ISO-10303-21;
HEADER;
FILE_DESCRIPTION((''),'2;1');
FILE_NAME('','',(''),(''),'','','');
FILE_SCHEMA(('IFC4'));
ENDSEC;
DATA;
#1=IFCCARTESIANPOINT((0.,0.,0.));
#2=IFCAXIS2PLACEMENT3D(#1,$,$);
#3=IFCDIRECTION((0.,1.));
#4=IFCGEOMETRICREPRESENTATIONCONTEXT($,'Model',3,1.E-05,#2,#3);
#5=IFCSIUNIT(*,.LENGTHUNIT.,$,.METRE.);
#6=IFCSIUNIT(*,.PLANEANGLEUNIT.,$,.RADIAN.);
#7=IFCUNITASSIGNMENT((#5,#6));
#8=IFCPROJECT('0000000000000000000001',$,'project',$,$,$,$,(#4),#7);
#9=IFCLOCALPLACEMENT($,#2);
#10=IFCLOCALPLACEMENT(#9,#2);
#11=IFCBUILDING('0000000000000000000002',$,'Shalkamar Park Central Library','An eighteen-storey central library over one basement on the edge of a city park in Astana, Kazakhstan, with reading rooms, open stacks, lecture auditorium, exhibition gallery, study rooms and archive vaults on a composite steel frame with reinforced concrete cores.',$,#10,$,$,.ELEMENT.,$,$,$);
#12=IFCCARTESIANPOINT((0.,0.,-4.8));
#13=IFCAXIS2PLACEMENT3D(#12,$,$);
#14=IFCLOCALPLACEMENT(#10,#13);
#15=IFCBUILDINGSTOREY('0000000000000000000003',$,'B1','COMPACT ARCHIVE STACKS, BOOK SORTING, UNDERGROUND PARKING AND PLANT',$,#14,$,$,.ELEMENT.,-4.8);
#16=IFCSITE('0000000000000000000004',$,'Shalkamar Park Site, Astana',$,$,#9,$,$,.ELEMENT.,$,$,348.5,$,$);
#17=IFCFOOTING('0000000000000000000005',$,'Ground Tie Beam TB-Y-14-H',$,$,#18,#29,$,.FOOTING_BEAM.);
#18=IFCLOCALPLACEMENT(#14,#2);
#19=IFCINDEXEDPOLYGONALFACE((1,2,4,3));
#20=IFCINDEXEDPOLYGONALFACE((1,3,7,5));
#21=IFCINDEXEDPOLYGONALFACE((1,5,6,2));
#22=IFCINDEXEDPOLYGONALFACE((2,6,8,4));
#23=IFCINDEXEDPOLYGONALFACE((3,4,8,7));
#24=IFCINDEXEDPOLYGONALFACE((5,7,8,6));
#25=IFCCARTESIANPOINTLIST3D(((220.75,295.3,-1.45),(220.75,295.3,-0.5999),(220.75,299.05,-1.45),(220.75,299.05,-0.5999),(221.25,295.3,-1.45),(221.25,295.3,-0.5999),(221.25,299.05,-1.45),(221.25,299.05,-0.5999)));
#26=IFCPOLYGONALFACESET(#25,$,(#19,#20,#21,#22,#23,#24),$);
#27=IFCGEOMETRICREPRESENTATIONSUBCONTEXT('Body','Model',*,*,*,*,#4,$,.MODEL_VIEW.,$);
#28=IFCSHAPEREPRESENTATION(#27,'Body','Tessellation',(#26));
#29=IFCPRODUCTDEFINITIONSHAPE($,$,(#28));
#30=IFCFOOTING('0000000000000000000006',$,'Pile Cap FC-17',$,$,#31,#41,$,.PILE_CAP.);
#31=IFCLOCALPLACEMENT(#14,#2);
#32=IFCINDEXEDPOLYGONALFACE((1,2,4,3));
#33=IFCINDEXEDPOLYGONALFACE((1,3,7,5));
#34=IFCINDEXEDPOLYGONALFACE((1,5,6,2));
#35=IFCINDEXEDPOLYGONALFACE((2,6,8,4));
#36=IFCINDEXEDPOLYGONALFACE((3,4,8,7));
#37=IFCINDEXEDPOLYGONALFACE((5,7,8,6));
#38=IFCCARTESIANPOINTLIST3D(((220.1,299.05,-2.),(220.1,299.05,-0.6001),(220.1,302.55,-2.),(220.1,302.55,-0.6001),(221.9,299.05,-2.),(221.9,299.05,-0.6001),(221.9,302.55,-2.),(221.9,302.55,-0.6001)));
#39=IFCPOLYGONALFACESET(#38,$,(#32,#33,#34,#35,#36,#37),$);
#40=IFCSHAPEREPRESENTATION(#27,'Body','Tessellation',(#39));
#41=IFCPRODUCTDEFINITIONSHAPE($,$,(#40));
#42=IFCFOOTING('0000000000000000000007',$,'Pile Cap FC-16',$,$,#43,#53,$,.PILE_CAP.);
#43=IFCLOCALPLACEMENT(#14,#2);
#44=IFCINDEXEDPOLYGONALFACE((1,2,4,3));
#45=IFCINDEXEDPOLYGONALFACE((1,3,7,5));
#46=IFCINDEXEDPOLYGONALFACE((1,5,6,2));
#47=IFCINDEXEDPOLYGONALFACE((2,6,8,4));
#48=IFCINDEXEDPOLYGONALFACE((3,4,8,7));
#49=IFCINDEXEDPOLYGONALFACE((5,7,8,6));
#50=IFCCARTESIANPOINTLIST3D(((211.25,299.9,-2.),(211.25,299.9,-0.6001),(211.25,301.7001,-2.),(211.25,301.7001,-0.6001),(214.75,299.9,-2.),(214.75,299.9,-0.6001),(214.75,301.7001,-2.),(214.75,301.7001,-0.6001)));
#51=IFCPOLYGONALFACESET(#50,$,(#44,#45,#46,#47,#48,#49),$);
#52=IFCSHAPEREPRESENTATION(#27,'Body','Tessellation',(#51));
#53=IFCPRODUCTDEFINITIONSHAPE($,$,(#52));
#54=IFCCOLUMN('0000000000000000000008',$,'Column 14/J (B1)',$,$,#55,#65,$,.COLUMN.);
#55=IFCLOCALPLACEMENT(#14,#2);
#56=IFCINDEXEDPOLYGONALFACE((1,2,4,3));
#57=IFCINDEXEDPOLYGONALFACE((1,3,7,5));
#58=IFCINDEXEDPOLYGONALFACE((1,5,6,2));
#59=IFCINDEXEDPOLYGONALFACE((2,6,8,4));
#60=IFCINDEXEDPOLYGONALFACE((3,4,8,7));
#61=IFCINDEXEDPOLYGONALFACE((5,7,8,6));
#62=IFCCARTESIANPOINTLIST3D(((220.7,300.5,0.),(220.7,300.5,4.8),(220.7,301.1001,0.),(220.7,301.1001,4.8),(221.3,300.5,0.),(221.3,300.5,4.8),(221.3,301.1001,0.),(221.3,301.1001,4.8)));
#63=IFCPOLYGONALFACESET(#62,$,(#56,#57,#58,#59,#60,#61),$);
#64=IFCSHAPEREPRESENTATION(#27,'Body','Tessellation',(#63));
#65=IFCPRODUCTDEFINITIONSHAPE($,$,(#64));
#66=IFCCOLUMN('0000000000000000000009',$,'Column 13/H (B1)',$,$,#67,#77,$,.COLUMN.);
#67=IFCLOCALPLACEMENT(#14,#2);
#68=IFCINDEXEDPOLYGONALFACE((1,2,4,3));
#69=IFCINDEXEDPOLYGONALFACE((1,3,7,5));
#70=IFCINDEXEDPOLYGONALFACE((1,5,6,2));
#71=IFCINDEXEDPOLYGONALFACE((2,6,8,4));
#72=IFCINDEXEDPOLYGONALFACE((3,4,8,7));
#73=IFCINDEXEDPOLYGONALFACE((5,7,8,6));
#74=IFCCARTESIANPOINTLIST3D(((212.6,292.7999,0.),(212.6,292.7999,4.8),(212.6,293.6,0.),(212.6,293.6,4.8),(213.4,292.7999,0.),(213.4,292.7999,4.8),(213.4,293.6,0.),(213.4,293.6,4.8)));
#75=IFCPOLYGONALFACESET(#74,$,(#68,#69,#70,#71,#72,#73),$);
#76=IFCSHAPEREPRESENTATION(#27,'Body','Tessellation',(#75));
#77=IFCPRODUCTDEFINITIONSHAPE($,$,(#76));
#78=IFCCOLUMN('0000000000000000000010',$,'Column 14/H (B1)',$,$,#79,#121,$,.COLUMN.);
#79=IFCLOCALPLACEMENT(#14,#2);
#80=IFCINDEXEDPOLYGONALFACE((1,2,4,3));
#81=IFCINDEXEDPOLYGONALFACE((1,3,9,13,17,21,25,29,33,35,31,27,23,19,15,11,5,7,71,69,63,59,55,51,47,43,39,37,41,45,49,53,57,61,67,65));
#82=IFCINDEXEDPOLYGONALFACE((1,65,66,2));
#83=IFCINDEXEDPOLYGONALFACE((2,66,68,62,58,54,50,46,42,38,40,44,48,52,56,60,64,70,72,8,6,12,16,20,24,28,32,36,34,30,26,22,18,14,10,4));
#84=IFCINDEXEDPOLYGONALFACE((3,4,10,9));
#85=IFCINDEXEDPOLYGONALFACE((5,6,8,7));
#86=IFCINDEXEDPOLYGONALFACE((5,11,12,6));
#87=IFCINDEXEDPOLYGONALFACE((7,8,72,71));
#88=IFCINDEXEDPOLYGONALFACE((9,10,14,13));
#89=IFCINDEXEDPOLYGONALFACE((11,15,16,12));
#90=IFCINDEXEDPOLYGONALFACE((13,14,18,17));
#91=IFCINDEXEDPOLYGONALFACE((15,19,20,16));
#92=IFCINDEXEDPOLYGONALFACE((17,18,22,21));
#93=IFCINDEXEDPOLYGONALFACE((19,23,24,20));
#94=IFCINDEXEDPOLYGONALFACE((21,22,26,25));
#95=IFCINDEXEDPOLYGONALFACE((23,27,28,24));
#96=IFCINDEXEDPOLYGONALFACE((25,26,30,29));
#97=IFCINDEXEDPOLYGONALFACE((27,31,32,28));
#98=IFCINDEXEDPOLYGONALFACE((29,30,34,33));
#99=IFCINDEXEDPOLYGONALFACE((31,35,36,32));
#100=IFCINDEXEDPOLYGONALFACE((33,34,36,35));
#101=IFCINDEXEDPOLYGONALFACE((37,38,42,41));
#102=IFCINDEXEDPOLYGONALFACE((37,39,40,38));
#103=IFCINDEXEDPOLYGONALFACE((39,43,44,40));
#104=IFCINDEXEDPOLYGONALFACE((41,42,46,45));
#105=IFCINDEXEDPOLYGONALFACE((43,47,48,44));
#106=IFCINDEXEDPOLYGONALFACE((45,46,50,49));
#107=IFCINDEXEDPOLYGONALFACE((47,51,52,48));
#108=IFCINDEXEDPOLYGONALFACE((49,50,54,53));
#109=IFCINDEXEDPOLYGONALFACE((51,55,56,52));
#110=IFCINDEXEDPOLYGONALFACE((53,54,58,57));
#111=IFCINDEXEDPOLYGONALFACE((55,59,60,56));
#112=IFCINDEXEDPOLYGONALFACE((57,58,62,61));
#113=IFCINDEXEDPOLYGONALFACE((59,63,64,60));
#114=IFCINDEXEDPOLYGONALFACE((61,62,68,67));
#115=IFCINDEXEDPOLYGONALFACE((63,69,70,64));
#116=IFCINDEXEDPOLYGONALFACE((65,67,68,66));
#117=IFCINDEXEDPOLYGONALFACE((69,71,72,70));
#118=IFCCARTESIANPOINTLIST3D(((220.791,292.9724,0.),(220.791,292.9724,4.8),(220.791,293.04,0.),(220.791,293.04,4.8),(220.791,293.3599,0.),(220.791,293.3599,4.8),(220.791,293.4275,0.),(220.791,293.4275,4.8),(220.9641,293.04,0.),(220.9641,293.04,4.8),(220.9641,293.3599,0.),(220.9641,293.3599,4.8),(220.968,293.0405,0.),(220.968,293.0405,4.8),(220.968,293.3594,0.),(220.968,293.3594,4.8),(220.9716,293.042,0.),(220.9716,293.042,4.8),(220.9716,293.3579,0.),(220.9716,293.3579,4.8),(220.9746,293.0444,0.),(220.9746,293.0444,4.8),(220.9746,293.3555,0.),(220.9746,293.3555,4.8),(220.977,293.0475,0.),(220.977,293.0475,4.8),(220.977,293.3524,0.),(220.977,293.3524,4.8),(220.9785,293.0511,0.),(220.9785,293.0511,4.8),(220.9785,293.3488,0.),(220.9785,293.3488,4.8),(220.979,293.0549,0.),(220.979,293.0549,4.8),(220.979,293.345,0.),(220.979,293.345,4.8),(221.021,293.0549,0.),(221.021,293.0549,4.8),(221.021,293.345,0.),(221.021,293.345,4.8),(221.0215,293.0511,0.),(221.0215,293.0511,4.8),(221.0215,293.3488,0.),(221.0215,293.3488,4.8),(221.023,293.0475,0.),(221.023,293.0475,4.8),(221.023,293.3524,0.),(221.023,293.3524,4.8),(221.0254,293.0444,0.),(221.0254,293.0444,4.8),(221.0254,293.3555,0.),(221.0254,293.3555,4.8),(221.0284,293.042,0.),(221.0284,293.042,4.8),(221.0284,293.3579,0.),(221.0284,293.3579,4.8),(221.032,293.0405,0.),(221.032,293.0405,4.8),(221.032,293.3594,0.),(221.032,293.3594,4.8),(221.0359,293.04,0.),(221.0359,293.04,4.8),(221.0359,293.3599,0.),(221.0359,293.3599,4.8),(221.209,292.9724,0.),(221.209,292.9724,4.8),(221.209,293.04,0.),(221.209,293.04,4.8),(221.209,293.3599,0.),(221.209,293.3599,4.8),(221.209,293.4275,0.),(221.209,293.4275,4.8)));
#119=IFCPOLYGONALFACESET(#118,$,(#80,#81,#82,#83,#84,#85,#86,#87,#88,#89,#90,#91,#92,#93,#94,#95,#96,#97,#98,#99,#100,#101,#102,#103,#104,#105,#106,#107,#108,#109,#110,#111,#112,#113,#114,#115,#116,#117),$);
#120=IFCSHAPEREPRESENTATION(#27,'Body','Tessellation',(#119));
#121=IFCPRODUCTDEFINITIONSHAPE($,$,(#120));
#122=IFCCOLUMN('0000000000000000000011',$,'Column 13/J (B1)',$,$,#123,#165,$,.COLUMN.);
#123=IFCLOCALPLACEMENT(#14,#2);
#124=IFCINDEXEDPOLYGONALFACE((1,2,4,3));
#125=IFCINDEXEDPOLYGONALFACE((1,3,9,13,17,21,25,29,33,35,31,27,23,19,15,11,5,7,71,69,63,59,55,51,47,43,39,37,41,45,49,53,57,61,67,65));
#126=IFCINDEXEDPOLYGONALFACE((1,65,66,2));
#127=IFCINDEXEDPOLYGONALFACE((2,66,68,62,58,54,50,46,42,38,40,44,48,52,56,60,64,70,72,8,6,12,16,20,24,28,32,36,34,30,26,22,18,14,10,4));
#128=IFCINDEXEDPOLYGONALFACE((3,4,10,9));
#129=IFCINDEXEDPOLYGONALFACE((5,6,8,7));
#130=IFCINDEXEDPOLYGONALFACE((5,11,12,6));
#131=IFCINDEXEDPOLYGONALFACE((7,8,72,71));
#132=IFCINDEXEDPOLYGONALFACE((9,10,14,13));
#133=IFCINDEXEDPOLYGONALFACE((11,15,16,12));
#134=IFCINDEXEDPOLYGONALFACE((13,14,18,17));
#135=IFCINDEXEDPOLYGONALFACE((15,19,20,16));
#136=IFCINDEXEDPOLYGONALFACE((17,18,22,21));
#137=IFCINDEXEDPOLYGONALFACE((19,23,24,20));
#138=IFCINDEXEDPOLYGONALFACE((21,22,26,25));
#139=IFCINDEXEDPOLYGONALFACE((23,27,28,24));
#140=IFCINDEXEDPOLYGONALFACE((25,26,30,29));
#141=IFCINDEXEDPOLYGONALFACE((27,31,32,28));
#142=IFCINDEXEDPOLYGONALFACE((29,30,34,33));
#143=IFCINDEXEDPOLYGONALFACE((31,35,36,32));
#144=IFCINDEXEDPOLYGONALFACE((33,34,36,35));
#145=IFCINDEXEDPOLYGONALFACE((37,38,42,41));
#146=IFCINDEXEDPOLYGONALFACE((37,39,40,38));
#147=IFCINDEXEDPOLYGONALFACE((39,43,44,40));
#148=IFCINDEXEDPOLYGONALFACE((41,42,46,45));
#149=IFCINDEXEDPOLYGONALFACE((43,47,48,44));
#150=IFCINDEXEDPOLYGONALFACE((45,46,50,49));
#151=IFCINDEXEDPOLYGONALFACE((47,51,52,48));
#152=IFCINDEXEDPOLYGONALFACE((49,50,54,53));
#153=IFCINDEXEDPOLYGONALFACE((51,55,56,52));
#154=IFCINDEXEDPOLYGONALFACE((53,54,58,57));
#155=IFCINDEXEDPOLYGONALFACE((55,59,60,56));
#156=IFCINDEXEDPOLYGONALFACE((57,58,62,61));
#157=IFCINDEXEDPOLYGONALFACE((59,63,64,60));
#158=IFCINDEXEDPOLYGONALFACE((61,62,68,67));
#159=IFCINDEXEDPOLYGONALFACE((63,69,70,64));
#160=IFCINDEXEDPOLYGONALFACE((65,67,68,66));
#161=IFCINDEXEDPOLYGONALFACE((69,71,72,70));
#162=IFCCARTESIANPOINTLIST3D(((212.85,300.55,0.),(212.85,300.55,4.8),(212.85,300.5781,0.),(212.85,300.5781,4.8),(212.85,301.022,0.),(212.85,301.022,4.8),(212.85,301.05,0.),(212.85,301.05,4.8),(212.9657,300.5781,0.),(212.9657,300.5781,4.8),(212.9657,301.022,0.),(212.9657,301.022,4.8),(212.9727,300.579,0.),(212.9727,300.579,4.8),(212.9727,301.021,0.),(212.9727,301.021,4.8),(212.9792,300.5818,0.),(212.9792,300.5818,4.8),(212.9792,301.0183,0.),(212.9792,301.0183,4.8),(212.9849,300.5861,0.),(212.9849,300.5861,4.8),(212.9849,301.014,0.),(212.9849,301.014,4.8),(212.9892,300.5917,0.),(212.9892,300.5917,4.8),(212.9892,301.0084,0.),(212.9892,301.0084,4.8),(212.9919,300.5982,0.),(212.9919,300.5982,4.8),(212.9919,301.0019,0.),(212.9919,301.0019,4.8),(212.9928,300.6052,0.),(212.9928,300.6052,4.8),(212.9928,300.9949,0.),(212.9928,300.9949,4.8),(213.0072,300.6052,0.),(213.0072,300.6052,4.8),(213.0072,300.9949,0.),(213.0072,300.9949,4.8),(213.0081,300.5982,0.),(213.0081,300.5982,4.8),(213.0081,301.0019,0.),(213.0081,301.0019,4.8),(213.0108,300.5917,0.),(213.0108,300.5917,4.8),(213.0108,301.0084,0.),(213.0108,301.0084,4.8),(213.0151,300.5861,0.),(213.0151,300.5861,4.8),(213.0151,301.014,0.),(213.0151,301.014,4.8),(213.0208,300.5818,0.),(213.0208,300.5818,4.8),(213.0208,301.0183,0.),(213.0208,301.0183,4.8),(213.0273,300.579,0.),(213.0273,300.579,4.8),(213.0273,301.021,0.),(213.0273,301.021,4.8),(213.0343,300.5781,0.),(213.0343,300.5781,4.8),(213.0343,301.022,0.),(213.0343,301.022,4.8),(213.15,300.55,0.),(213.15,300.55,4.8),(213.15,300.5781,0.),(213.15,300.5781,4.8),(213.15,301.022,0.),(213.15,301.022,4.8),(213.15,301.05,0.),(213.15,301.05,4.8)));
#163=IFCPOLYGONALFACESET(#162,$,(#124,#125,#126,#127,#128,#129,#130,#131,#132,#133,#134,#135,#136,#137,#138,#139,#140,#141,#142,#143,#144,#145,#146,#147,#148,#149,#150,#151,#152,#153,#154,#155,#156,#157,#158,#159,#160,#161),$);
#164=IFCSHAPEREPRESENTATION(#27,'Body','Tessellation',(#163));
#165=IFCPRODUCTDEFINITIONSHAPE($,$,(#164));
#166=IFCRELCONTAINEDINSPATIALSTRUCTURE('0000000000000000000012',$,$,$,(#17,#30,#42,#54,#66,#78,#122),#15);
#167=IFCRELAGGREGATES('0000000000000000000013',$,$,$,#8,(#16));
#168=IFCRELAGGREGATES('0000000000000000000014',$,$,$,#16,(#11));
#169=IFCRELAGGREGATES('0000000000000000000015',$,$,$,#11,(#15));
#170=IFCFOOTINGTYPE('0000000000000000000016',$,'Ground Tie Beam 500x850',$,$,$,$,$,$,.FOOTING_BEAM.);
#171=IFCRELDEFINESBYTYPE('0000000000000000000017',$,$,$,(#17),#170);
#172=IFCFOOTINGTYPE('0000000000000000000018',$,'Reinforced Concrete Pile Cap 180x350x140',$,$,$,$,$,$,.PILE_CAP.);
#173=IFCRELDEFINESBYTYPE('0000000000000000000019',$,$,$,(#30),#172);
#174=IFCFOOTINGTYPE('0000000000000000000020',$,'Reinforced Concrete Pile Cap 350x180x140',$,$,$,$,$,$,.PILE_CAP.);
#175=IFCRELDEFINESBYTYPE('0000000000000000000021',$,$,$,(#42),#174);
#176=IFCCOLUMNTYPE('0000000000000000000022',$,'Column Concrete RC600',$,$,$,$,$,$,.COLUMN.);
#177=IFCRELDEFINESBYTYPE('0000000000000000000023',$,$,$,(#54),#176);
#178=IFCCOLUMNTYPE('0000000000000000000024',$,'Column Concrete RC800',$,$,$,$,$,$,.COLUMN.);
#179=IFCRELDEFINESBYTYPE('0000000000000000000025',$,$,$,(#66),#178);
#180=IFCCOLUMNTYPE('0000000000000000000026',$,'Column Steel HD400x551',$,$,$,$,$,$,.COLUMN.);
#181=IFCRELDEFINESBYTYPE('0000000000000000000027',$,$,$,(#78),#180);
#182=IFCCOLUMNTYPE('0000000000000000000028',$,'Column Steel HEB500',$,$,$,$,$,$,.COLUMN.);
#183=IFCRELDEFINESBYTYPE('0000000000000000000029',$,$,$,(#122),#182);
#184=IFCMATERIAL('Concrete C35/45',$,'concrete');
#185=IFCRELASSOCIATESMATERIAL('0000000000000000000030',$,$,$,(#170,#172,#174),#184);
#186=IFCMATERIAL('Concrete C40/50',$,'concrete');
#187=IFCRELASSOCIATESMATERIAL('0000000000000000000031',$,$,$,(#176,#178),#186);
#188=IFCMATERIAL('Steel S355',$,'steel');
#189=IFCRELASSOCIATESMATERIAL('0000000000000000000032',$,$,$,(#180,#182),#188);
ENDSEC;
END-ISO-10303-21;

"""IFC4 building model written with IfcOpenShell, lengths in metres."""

from ifc_helpers import new_model, si_unit, direction, frame, origin, origin_2d, place, context, subcontext, project, spatial, rectangle, i_section, extrude, material, material_profile, profile_set, type_object, element, save


model = new_model("IFC4")

# Units and contexts
model_context = context("Model", 3, precision=1e-05, world=origin(), true_north=direction((0.0, 1.0)))
body_context = subcontext(model_context, "Body", "Model", "MODEL_VIEW")
ifc_project = project(units=[si_unit("LENGTHUNIT", "METRE"), si_unit("PLANEANGLEUNIT", "RADIAN")], contexts=[model_context])

# Site, building, storey
site_placement = place(None, origin())
site = spatial("IfcSite", under=ifc_project, at=site_placement, Name="Shalkamar Park Site, Astana", CompositionType="ELEMENT", RefElevation=348.5)
building_placement = place(site_placement, origin())
building = spatial("IfcBuilding", under=site, at=building_placement, Name="Shalkamar Park Central Library", Description="An eighteen-storey central library over one basement on the edge of a city park in Astana, Kazakhstan, with reading rooms, open stacks, lecture auditorium, exhibition gallery, study rooms and archive vaults on a composite steel frame with reinforced concrete cores.", CompositionType="ELEMENT")
storey_placement = place(building_placement, frame((0.0, 0.0, -4.8)))
storey = spatial("IfcBuildingStorey", under=building, at=storey_placement, Name="B1", Description="COMPACT ARCHIVE STACKS, BOOK SORTING, UNDERGROUND PARKING AND PLANT", CompositionType="ELEMENT", Elevation=-4.8)

# Shared definitions
ifc_material_1 = material(Name="Concrete C35/45", Category="concrete")

# Footings
footing_type_1 = type_object("IfcFootingType", Name="Ground Tie Beam 500x850", PredefinedType="FOOTING_BEAM", material=ifc_material_1)
footing_1_placement = place(storey_placement, frame((221.0, 297.175, -1.45), z_axis=(0.0, 0.0, 1.0), x_axis=(0.0, 1.0, 0.0)))
element("IfcFooting", 1, at=footing_1_placement, inside=storey, type_object=footing_type_1, Name="Ground Tie Beam TB-Y-14-H", PredefinedType="FOOTING_BEAM", context=body_context, shape_type="SweptSolid", body=[
    extrude(rectangle(XDim=3.75, YDim=0.5, at=origin_2d()), origin(), (0.0, 0.0, 1.0), 0.8501),
])
footing_type_2 = type_object("IfcFootingType", Name="Reinforced Concrete Pile Cap 180x350x140", PredefinedType="PILE_CAP", material=ifc_material_1)
footing_2_placement = place(storey_placement, frame((221.0, 300.8, -2.0), z_axis=(0.0, 0.0, 1.0), x_axis=(1.0, 0.0, 0.0)))
element("IfcFooting", 2, at=footing_2_placement, inside=storey, type_object=footing_type_2, Name="Pile Cap FC-17", PredefinedType="PILE_CAP", context=body_context, shape_type="SweptSolid", body=[
    extrude(rectangle(XDim=1.8, YDim=3.5, at=origin_2d()), origin(), (0.0, 0.0, 1.0), 1.3999),
])
footing_type_3 = type_object("IfcFootingType", Name="Reinforced Concrete Pile Cap 350x180x140", PredefinedType="PILE_CAP", material=ifc_material_1)
footing_3_placement = place(storey_placement, frame((213.0, 300.8, -2.0), z_axis=(0.0, 0.0, 1.0), x_axis=(1.0, 0.0, 0.0)))
element("IfcFooting", 3, at=footing_3_placement, inside=storey, type_object=footing_type_3, Name="Pile Cap FC-16", PredefinedType="PILE_CAP", context=body_context, shape_type="SweptSolid", body=[
    extrude(rectangle(XDim=3.5, YDim=1.8, at=origin_2d()), origin(), (0.0, 0.0, 1.0), 1.3999),
])

# Columns
ifc_material_2 = material(Name="Concrete C40/50", Category="concrete")
ifc_material_profile_1 = material_profile(ifc_material_2, rectangle(XDim=0.6001, YDim=0.6001, at=origin_2d()), Name="RC 600x600")
ifc_profile_set_1 = profile_set([ifc_material_profile_1], Name="Concrete C40/50")
column_type_1 = type_object("IfcColumnType", Name="Column Concrete RC600", PredefinedType="COLUMN", material=ifc_profile_set_1)
column_1_placement = place(storey_placement, frame((221.0, 300.8, 0.0), z_axis=(0.0, 0.0, 1.0), x_axis=(1.0, 0.0, 0.0)))
element("IfcColumn", 4, at=column_1_placement, inside=storey, type_object=column_type_1, Name="Column 14/J (B1)", PredefinedType="COLUMN", context=body_context, shape_type="SweptSolid", body=[
    extrude(rectangle(XDim=0.6001, YDim=0.6001, at=origin_2d()), origin(), (0.0, 0.0, 1.0), 4.8),
])
ifc_material_profile_2 = material_profile(ifc_material_2, rectangle(XDim=0.8, YDim=0.8, at=origin_2d()), Name="RC 800x800")
ifc_profile_set_2 = profile_set([ifc_material_profile_2], Name="Concrete C40/50")
column_type_2 = type_object("IfcColumnType", Name="Column Concrete RC800", PredefinedType="COLUMN", material=ifc_profile_set_2)
column_2_placement = place(storey_placement, frame((213.0, 293.2, 0.0), z_axis=(0.0, 0.0, 1.0), x_axis=(1.0, 0.0, 0.0)))
element("IfcColumn", 5, at=column_2_placement, inside=storey, type_object=column_type_2, Name="Column 13/H (B1)", PredefinedType="COLUMN", context=body_context, shape_type="SweptSolid", body=[
    extrude(rectangle(XDim=0.8, YDim=0.8, at=origin_2d()), origin(), (0.0, 0.0, 1.0), 4.8),
])
ifc_material_3 = material(Name="Steel S355", Category="steel")
ifc_material_profile_3 = material_profile(ifc_material_3, i_section(OverallWidth=0.418, OverallDepth=0.4551, WebThickness=0.042, FlangeThickness=0.0676, FilletRadius=0.0149, at=origin_2d()), Name="HD 400x551")
ifc_profile_set_3 = profile_set([ifc_material_profile_3], Name="Steel S355")
column_type_3 = type_object("IfcColumnType", Name="Column Steel HD400x551", PredefinedType="COLUMN", material=ifc_profile_set_3)
column_3_placement = place(storey_placement, frame((221.0, 293.2, 0.0), z_axis=(0.0, 0.0, 1.0), x_axis=(1.0, 0.0, 0.0)))
element("IfcColumn", 6, at=column_3_placement, inside=storey, type_object=column_type_3, Name="Column 14/H (B1)", PredefinedType="COLUMN", context=body_context, shape_type="SweptSolid", body=[
    extrude(i_section(OverallWidth=0.418, OverallDepth=0.4551, WebThickness=0.042, FlangeThickness=0.0676, FilletRadius=0.0149, at=origin_2d()), origin(), (0.0, 0.0, 1.0), 4.8),
])
ifc_material_profile_4 = material_profile(ifc_material_3, i_section(OverallWidth=0.3, OverallDepth=0.5, WebThickness=0.0144, FlangeThickness=0.0281, FilletRadius=0.0271, at=origin_2d()), Name="HEB 500")
ifc_profile_set_4 = profile_set([ifc_material_profile_4], Name="Steel S355")
column_type_4 = type_object("IfcColumnType", Name="Column Steel HEB500", PredefinedType="COLUMN", material=ifc_profile_set_4)
column_4_placement = place(storey_placement, frame((213.0, 300.8, 0.0), z_axis=(0.0, 0.0, 1.0), x_axis=(1.0, 0.0, 0.0)))
element("IfcColumn", 7, at=column_4_placement, inside=storey, type_object=column_type_4, Name="Column 13/J (B1)", PredefinedType="COLUMN", context=body_context, shape_type="SweptSolid", body=[
    extrude(i_section(OverallWidth=0.3, OverallDepth=0.5, WebThickness=0.0144, FlangeThickness=0.0281, FilletRadius=0.0271, at=origin_2d()), origin(), (0.0, 0.0, 1.0), 4.8),
])

save(model, "model.ifc")
